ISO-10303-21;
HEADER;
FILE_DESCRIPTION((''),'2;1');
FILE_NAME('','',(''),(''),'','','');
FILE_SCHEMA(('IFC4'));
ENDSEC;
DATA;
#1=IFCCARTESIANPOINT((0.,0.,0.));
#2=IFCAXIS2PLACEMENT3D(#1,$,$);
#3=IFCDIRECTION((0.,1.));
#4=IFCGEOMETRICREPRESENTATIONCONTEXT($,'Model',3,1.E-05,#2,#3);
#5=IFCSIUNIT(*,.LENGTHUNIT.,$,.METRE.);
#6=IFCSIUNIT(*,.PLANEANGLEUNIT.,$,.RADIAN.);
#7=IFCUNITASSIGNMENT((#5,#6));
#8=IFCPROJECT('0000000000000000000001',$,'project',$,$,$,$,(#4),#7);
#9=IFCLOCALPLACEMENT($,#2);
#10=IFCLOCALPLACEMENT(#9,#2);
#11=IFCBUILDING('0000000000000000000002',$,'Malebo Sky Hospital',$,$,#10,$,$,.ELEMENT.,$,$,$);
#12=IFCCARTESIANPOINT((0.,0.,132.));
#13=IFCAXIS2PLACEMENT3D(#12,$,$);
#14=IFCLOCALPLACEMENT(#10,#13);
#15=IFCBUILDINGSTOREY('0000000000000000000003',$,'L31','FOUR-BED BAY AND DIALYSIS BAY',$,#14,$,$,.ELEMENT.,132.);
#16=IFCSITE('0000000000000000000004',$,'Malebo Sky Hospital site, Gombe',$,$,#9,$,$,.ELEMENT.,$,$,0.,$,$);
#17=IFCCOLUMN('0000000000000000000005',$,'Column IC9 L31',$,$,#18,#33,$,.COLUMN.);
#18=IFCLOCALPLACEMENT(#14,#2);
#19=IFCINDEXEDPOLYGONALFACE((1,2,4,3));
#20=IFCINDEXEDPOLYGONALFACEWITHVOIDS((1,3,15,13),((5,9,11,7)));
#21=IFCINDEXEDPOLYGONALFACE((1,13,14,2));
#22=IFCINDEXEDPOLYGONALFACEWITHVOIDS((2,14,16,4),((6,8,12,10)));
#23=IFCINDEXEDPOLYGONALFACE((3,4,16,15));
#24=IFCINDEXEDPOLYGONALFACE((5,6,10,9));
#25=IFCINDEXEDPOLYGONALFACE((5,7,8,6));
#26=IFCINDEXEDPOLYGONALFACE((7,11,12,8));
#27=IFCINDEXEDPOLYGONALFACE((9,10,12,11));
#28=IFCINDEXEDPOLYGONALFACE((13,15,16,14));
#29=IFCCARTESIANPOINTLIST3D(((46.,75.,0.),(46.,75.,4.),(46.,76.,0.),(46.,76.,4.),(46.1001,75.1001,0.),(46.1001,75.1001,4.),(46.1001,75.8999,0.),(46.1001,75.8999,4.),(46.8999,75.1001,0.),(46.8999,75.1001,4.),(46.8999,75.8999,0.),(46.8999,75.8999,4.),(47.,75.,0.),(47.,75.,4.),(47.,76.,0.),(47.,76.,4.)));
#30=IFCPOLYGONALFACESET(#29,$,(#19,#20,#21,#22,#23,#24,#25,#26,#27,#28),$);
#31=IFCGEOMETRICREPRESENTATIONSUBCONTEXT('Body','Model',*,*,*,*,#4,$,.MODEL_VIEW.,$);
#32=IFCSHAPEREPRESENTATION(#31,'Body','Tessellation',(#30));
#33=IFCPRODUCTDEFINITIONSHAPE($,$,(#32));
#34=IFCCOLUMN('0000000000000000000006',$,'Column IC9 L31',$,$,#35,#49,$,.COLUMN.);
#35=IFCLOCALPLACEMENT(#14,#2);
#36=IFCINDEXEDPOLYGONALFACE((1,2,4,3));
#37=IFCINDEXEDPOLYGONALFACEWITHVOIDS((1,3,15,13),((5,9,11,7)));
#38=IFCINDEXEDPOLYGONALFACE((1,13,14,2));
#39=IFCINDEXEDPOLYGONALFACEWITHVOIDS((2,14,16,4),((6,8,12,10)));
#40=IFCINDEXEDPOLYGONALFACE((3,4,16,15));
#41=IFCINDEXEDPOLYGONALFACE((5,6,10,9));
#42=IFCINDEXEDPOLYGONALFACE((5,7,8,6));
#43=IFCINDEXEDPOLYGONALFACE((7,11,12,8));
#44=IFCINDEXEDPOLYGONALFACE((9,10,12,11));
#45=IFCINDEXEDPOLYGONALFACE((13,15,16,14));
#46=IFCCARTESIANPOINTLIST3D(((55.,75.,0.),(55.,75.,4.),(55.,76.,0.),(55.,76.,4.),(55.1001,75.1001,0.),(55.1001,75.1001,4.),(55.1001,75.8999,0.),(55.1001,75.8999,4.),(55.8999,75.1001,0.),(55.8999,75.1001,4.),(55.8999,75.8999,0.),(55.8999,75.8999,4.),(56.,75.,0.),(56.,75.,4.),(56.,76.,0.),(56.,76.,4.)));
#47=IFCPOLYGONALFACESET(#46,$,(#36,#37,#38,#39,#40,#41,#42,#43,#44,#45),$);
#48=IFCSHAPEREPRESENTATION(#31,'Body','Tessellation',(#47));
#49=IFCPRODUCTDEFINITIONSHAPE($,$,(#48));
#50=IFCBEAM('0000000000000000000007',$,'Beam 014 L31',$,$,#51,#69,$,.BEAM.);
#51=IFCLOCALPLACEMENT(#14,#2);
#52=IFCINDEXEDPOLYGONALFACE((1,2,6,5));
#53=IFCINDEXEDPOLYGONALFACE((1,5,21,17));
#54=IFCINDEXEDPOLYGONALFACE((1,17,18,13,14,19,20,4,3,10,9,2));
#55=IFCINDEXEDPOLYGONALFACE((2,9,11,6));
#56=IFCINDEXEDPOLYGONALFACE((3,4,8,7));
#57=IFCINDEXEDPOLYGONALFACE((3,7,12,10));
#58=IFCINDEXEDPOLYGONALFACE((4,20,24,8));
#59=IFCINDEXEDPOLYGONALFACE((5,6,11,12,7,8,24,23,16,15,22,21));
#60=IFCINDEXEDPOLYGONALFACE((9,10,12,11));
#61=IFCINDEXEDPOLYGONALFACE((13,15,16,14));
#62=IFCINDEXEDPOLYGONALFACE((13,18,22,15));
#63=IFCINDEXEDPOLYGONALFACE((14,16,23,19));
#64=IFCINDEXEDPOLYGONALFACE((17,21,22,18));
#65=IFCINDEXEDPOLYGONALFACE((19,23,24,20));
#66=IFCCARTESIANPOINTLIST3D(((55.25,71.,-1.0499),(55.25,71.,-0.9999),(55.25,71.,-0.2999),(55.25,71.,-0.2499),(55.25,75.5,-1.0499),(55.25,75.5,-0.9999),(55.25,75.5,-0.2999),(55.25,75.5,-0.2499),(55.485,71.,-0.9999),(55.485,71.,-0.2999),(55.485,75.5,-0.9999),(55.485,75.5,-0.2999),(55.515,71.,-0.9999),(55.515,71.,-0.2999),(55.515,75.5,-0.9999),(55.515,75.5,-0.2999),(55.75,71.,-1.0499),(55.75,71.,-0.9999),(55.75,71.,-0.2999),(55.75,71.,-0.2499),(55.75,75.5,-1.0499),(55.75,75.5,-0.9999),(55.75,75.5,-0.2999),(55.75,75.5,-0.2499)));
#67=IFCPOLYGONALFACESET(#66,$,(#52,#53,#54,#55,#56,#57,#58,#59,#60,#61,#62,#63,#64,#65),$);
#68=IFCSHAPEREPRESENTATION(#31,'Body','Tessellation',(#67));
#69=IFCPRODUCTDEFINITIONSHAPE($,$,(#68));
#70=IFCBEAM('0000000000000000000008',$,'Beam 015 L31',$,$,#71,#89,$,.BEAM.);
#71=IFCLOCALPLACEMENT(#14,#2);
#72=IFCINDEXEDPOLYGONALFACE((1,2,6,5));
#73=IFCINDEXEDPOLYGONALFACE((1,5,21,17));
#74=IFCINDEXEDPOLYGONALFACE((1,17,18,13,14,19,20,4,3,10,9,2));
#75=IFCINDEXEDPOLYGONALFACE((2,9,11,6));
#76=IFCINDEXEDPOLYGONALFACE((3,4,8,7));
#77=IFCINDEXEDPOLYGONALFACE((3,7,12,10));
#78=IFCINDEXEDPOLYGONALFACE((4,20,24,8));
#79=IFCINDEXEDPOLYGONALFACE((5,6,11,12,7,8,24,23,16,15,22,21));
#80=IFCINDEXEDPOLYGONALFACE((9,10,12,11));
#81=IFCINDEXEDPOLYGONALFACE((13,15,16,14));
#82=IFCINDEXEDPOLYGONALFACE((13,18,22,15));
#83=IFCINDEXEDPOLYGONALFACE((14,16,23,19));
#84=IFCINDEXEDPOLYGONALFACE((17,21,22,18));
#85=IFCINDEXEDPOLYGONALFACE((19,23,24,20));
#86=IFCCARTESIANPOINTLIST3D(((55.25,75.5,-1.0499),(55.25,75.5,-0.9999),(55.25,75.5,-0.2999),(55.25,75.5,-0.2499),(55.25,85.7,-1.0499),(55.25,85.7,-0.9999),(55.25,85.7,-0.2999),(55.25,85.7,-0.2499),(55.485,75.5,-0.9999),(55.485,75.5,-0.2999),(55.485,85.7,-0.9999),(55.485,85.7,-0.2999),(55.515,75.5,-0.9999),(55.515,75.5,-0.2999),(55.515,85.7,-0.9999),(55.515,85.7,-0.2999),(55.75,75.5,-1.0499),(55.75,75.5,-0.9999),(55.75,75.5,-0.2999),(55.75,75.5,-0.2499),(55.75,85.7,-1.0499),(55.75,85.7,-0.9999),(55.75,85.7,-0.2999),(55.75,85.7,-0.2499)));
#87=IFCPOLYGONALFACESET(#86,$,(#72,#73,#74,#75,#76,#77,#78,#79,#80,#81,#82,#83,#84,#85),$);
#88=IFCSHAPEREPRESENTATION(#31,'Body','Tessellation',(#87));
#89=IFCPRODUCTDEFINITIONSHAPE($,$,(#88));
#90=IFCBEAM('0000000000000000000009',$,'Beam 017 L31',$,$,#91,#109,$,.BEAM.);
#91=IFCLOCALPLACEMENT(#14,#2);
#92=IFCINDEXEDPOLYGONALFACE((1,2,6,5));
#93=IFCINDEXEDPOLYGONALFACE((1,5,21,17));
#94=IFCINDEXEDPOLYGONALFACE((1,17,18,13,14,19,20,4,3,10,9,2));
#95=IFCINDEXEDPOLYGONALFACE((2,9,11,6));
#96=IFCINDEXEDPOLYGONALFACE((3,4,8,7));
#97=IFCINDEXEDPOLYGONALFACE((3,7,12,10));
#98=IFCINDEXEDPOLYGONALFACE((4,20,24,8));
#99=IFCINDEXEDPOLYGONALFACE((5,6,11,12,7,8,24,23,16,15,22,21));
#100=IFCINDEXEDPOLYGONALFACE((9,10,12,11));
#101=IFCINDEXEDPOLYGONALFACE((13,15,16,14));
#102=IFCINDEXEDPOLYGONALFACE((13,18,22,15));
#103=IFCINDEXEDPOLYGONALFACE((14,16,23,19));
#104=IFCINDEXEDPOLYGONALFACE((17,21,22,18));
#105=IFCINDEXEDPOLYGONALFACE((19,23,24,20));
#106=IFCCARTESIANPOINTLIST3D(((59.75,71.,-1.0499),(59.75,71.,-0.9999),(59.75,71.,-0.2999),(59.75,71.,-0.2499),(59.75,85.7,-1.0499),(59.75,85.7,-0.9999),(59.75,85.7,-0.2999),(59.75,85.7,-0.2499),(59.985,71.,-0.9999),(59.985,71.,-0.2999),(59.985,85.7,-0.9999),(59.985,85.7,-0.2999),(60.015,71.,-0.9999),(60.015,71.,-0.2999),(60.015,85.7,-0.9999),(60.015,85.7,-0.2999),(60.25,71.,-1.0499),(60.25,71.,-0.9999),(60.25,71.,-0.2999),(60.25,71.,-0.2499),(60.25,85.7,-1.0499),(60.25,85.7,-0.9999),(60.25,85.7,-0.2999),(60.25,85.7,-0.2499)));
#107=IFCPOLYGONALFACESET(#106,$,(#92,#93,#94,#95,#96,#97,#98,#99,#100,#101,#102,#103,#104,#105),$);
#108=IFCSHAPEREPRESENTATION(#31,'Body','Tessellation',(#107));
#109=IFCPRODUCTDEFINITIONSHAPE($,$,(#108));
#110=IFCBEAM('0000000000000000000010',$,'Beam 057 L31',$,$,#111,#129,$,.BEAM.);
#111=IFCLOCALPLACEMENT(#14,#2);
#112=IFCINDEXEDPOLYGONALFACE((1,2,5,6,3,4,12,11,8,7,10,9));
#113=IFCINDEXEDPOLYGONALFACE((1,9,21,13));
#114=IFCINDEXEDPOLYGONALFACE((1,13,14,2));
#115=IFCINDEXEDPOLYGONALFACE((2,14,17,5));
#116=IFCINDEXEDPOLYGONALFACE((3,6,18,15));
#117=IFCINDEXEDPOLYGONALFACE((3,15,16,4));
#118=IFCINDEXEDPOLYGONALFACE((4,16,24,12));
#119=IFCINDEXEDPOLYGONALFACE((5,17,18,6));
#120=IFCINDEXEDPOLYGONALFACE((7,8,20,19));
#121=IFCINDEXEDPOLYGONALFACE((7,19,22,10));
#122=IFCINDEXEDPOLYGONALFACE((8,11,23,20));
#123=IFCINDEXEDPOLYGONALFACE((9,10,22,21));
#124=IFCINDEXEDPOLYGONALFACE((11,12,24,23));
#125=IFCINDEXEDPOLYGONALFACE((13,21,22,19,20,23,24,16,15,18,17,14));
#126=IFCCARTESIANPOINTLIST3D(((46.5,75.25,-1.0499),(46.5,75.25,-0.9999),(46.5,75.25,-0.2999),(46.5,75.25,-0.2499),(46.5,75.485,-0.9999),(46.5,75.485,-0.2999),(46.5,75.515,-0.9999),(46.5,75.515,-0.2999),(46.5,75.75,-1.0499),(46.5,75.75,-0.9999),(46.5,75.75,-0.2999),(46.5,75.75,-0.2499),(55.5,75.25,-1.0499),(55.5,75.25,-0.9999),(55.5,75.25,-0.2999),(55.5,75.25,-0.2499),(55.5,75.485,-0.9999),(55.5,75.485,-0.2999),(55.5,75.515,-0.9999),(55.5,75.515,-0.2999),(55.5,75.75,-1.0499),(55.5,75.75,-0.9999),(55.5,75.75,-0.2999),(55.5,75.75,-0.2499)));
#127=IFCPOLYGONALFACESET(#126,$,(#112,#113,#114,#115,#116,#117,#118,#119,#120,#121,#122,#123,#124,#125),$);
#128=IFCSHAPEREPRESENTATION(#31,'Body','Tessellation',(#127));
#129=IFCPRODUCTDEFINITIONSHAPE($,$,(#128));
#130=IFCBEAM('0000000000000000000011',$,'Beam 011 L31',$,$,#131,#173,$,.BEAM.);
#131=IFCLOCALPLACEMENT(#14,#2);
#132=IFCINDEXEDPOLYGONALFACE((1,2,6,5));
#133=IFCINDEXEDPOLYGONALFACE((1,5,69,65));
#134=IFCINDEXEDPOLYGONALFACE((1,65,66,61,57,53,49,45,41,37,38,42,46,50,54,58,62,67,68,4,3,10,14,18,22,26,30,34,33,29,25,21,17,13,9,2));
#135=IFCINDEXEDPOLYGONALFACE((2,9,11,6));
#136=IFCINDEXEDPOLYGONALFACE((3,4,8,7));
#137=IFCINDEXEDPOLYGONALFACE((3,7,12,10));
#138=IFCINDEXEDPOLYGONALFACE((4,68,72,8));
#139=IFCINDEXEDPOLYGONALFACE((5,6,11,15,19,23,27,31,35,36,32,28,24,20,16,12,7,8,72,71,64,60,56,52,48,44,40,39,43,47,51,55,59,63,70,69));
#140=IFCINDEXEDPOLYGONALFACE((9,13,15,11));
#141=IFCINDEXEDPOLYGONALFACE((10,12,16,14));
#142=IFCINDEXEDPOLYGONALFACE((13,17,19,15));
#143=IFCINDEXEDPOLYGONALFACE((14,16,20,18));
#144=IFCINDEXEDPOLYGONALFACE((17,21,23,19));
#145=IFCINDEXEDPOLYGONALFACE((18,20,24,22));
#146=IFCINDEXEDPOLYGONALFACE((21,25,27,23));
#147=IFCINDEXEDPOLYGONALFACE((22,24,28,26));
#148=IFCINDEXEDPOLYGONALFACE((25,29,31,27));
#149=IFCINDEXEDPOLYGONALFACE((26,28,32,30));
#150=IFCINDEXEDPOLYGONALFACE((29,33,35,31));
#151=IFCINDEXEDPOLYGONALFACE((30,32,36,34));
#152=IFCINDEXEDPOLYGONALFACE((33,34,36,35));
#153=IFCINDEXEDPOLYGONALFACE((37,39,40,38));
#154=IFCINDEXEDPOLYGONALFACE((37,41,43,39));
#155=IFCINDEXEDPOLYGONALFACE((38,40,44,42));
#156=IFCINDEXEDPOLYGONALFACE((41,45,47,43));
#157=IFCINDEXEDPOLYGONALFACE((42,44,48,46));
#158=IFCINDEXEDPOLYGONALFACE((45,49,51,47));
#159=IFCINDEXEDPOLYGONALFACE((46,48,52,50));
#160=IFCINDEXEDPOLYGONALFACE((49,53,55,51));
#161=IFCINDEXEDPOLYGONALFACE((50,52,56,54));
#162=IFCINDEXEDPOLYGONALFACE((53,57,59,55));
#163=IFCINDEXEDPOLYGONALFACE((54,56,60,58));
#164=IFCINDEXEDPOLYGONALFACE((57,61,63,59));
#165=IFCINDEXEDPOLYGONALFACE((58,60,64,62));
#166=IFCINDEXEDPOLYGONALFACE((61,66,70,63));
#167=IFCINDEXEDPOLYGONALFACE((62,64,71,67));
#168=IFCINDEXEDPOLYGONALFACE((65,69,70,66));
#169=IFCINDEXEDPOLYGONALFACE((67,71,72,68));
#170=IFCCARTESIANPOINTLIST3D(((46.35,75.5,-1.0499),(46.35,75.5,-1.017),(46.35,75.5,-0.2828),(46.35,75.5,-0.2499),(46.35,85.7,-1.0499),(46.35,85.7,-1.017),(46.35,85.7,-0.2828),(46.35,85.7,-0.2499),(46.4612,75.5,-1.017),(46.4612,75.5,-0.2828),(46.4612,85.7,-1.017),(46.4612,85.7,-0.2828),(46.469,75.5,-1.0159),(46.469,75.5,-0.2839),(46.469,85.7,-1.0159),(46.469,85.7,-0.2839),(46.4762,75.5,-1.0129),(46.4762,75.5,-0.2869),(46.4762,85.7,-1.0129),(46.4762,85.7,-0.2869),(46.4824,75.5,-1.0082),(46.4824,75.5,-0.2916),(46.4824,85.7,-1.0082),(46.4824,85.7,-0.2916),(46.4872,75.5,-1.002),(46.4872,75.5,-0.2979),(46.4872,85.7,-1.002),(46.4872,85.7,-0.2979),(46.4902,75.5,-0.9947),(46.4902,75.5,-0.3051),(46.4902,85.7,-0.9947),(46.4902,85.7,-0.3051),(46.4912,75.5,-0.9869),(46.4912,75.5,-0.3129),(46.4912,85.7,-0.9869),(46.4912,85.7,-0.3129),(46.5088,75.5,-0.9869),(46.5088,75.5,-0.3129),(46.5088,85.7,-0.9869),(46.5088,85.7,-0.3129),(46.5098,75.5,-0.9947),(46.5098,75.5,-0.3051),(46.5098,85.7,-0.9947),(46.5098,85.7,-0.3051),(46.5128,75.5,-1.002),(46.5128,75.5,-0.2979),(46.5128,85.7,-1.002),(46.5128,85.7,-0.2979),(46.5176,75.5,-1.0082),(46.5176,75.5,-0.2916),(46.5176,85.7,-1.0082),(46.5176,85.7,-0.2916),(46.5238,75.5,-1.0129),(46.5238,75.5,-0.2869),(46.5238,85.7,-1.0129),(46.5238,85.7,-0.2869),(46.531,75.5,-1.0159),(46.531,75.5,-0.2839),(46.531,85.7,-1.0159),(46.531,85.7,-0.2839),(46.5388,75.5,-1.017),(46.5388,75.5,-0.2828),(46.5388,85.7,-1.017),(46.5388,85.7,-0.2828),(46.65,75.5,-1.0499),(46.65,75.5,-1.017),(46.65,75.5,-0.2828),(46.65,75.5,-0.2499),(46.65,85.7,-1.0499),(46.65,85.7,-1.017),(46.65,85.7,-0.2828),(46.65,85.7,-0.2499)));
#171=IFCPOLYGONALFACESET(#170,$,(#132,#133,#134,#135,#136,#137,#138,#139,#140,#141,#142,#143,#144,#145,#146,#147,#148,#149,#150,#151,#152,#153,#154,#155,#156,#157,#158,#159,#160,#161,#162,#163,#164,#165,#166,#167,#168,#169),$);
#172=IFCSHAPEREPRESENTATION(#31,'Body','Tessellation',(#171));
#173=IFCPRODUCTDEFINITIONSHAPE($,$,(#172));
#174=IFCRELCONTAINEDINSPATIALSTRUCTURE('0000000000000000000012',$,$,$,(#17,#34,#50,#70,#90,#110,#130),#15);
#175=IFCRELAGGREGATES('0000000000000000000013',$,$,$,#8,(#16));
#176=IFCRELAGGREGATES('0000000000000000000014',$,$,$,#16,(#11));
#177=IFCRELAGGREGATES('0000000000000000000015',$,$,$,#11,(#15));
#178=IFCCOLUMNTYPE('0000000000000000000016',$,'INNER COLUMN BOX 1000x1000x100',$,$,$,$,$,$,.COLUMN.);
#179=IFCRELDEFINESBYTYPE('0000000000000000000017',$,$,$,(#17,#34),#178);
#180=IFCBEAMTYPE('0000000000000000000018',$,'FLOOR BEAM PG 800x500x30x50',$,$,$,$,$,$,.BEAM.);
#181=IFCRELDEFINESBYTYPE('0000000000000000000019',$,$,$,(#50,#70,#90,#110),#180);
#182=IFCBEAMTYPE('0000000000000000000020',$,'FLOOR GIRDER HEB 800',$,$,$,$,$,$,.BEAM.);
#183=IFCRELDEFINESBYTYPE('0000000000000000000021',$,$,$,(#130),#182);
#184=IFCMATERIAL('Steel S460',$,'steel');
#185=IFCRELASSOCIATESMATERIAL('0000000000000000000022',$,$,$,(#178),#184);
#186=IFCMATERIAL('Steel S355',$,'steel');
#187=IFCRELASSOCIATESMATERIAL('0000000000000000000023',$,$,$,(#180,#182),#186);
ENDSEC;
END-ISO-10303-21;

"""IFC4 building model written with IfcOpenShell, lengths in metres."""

from ifc_helpers import new_model, si_unit, direction, frame, origin, origin_2d, place, context, subcontext, project, spatial, hollow_rectangle, i_section, extrude, material, material_profile, profile_set, type_object, element, save


model = new_model("IFC4")

# Units and contexts
model_context = context("Model", 3, precision=1e-05, world=origin(), true_north=direction((0.0, 1.0)))
body_context = subcontext(model_context, "Body", "Model", "MODEL_VIEW")
ifc_project = project(units=[si_unit("LENGTHUNIT", "METRE"), si_unit("PLANEANGLEUNIT", "RADIAN")], contexts=[model_context])

# Site, building, storey
site_placement = place(None, origin())
site = spatial("IfcSite", under=ifc_project, at=site_placement, Name="Malebo Sky Hospital site, Gombe", CompositionType="ELEMENT", RefElevation=0.0)
building_placement = place(site_placement, origin())
building = spatial("IfcBuilding", under=site, at=building_placement, Name="Malebo Sky Hospital", CompositionType="ELEMENT")
storey_placement = place(building_placement, frame((0.0, 0.0, 132.0)))
storey = spatial("IfcBuildingStorey", under=building, at=storey_placement, Name="L31", Description="FOUR-BED BAY AND DIALYSIS BAY", CompositionType="ELEMENT", Elevation=132.0)

# Columns
ifc_material_1 = material(Name="Steel S460", Category="steel")
ifc_material_profile_1 = material_profile(ifc_material_1, hollow_rectangle(XDim=1.0, YDim=1.0, WallThickness=0.1001, at=origin_2d()), Name="BOX 1000x1000x100")
ifc_profile_set_1 = profile_set([ifc_material_profile_1], Name="Steel S460")
column_type = type_object("IfcColumnType", Name="INNER COLUMN BOX 1000x1000x100", PredefinedType="COLUMN", material=ifc_profile_set_1)
for number, where, z_axis, x_axis, name in (
    (1, (46.5, 75.5, 0.0), (0.0, 0.0, 1.0), (1.0, 0.0, 0.0), "Column IC9 L31"),
    (2, (55.5, 75.5, 0.0), (0.0, 0.0, 1.0), (1.0, 0.0, 0.0), "Column IC9 L31"),
):
    element("IfcColumn", number, at=place(storey_placement, frame(where, z_axis=z_axis, x_axis=x_axis)), inside=storey, type_object=column_type, Name=name, PredefinedType="COLUMN", context=body_context, shape_type="SweptSolid", body=[
        extrude(hollow_rectangle(XDim=1.0, YDim=1.0, WallThickness=0.1001, at=origin_2d()), origin(), (0.0, 0.0, 1.0), 4.0),
    ])

# Beams
ifc_material_2 = material(Name="Steel S355", Category="steel")
ifc_material_profile_2 = material_profile(ifc_material_2, i_section(OverallWidth=0.5, OverallDepth=0.8, WebThickness=0.03, FlangeThickness=0.05, at=origin_2d()), Name="PG 800x500x30x50")
ifc_profile_set_2 = profile_set([ifc_material_profile_2], Name="Steel S355")
beam_type_1 = type_object("IfcBeamType", Name="FLOOR BEAM PG 800x500x30x50", PredefinedType="BEAM", material=ifc_profile_set_2)
beam_1_placement = place(storey_placement, frame((55.5, 71.0, -0.6499), z_axis=(0.0, 1.0, 0.0), x_axis=(-1.0, 0.0, 0.0)))
element("IfcBeam", 3, at=beam_1_placement, inside=storey, type_object=beam_type_1, Name="Beam 014 L31", PredefinedType="BEAM", context=body_context, shape_type="SweptSolid", body=[
    extrude(i_section(OverallWidth=0.5, OverallDepth=0.8, WebThickness=0.03, FlangeThickness=0.05, at=origin_2d()), origin(), (0.0, 0.0, 1.0), 4.5),
])
beam_2_placement = place(storey_placement, frame((55.5, 75.5, -0.6499), z_axis=(0.0, 1.0, 0.0), x_axis=(-1.0, 0.0, 0.0)))
element("IfcBeam", 4, at=beam_2_placement, inside=storey, type_object=beam_type_1, Name="Beam 015 L31", PredefinedType="BEAM", context=body_context, shape_type="SweptSolid", body=[
    extrude(i_section(OverallWidth=0.5, OverallDepth=0.8, WebThickness=0.03, FlangeThickness=0.05, at=origin_2d()), origin(), (0.0, 0.0, 1.0), 10.2),
])
beam_3_placement = place(storey_placement, frame((60.0, 71.0, -0.6499), z_axis=(0.0, 1.0, 0.0), x_axis=(-1.0, 0.0, 0.0)))
element("IfcBeam", 5, at=beam_3_placement, inside=storey, type_object=beam_type_1, Name="Beam 017 L31", PredefinedType="BEAM", context=body_context, shape_type="SweptSolid", body=[
    extrude(i_section(OverallWidth=0.5, OverallDepth=0.8, WebThickness=0.03, FlangeThickness=0.05, at=origin_2d()), origin(), (0.0, 0.0, 1.0), 14.7),
])
beam_4_placement = place(storey_placement, frame((46.5, 75.5, -0.6499), z_axis=(1.0, 0.0, 0.0), x_axis=(0.0, 1.0, 0.0)))
element("IfcBeam", 6, at=beam_4_placement, inside=storey, type_object=beam_type_1, Name="Beam 057 L31", PredefinedType="BEAM", context=body_context, shape_type="SweptSolid", body=[
    extrude(i_section(OverallWidth=0.5, OverallDepth=0.8, WebThickness=0.03, FlangeThickness=0.05, at=origin_2d()), origin(), (0.0, 0.0, 1.0), 9.0),
])
ifc_material_profile_3 = material_profile(ifc_material_2, i_section(OverallWidth=0.3, OverallDepth=0.8, WebThickness=0.0176, FlangeThickness=0.033, FilletRadius=0.03, at=origin_2d()), Name="HEB 800")
ifc_profile_set_3 = profile_set([ifc_material_profile_3], Name="Steel S355")
beam_type_2 = type_object("IfcBeamType", Name="FLOOR GIRDER HEB 800", PredefinedType="BEAM", material=ifc_profile_set_3)
beam_5_placement = place(storey_placement, frame((46.5, 75.5, -0.6499), z_axis=(0.0, 1.0, 0.0), x_axis=(-1.0, 0.0, 0.0)))
element("IfcBeam", 7, at=beam_5_placement, inside=storey, type_object=beam_type_2, Name="Beam 011 L31", PredefinedType="BEAM", context=body_context, shape_type="SweptSolid", body=[
    extrude(i_section(OverallWidth=0.3, OverallDepth=0.8, WebThickness=0.0176, FlangeThickness=0.033, FilletRadius=0.03, at=origin_2d()), origin(), (0.0, 0.0, 1.0), 10.2),
])

save(model, "model.ifc")
